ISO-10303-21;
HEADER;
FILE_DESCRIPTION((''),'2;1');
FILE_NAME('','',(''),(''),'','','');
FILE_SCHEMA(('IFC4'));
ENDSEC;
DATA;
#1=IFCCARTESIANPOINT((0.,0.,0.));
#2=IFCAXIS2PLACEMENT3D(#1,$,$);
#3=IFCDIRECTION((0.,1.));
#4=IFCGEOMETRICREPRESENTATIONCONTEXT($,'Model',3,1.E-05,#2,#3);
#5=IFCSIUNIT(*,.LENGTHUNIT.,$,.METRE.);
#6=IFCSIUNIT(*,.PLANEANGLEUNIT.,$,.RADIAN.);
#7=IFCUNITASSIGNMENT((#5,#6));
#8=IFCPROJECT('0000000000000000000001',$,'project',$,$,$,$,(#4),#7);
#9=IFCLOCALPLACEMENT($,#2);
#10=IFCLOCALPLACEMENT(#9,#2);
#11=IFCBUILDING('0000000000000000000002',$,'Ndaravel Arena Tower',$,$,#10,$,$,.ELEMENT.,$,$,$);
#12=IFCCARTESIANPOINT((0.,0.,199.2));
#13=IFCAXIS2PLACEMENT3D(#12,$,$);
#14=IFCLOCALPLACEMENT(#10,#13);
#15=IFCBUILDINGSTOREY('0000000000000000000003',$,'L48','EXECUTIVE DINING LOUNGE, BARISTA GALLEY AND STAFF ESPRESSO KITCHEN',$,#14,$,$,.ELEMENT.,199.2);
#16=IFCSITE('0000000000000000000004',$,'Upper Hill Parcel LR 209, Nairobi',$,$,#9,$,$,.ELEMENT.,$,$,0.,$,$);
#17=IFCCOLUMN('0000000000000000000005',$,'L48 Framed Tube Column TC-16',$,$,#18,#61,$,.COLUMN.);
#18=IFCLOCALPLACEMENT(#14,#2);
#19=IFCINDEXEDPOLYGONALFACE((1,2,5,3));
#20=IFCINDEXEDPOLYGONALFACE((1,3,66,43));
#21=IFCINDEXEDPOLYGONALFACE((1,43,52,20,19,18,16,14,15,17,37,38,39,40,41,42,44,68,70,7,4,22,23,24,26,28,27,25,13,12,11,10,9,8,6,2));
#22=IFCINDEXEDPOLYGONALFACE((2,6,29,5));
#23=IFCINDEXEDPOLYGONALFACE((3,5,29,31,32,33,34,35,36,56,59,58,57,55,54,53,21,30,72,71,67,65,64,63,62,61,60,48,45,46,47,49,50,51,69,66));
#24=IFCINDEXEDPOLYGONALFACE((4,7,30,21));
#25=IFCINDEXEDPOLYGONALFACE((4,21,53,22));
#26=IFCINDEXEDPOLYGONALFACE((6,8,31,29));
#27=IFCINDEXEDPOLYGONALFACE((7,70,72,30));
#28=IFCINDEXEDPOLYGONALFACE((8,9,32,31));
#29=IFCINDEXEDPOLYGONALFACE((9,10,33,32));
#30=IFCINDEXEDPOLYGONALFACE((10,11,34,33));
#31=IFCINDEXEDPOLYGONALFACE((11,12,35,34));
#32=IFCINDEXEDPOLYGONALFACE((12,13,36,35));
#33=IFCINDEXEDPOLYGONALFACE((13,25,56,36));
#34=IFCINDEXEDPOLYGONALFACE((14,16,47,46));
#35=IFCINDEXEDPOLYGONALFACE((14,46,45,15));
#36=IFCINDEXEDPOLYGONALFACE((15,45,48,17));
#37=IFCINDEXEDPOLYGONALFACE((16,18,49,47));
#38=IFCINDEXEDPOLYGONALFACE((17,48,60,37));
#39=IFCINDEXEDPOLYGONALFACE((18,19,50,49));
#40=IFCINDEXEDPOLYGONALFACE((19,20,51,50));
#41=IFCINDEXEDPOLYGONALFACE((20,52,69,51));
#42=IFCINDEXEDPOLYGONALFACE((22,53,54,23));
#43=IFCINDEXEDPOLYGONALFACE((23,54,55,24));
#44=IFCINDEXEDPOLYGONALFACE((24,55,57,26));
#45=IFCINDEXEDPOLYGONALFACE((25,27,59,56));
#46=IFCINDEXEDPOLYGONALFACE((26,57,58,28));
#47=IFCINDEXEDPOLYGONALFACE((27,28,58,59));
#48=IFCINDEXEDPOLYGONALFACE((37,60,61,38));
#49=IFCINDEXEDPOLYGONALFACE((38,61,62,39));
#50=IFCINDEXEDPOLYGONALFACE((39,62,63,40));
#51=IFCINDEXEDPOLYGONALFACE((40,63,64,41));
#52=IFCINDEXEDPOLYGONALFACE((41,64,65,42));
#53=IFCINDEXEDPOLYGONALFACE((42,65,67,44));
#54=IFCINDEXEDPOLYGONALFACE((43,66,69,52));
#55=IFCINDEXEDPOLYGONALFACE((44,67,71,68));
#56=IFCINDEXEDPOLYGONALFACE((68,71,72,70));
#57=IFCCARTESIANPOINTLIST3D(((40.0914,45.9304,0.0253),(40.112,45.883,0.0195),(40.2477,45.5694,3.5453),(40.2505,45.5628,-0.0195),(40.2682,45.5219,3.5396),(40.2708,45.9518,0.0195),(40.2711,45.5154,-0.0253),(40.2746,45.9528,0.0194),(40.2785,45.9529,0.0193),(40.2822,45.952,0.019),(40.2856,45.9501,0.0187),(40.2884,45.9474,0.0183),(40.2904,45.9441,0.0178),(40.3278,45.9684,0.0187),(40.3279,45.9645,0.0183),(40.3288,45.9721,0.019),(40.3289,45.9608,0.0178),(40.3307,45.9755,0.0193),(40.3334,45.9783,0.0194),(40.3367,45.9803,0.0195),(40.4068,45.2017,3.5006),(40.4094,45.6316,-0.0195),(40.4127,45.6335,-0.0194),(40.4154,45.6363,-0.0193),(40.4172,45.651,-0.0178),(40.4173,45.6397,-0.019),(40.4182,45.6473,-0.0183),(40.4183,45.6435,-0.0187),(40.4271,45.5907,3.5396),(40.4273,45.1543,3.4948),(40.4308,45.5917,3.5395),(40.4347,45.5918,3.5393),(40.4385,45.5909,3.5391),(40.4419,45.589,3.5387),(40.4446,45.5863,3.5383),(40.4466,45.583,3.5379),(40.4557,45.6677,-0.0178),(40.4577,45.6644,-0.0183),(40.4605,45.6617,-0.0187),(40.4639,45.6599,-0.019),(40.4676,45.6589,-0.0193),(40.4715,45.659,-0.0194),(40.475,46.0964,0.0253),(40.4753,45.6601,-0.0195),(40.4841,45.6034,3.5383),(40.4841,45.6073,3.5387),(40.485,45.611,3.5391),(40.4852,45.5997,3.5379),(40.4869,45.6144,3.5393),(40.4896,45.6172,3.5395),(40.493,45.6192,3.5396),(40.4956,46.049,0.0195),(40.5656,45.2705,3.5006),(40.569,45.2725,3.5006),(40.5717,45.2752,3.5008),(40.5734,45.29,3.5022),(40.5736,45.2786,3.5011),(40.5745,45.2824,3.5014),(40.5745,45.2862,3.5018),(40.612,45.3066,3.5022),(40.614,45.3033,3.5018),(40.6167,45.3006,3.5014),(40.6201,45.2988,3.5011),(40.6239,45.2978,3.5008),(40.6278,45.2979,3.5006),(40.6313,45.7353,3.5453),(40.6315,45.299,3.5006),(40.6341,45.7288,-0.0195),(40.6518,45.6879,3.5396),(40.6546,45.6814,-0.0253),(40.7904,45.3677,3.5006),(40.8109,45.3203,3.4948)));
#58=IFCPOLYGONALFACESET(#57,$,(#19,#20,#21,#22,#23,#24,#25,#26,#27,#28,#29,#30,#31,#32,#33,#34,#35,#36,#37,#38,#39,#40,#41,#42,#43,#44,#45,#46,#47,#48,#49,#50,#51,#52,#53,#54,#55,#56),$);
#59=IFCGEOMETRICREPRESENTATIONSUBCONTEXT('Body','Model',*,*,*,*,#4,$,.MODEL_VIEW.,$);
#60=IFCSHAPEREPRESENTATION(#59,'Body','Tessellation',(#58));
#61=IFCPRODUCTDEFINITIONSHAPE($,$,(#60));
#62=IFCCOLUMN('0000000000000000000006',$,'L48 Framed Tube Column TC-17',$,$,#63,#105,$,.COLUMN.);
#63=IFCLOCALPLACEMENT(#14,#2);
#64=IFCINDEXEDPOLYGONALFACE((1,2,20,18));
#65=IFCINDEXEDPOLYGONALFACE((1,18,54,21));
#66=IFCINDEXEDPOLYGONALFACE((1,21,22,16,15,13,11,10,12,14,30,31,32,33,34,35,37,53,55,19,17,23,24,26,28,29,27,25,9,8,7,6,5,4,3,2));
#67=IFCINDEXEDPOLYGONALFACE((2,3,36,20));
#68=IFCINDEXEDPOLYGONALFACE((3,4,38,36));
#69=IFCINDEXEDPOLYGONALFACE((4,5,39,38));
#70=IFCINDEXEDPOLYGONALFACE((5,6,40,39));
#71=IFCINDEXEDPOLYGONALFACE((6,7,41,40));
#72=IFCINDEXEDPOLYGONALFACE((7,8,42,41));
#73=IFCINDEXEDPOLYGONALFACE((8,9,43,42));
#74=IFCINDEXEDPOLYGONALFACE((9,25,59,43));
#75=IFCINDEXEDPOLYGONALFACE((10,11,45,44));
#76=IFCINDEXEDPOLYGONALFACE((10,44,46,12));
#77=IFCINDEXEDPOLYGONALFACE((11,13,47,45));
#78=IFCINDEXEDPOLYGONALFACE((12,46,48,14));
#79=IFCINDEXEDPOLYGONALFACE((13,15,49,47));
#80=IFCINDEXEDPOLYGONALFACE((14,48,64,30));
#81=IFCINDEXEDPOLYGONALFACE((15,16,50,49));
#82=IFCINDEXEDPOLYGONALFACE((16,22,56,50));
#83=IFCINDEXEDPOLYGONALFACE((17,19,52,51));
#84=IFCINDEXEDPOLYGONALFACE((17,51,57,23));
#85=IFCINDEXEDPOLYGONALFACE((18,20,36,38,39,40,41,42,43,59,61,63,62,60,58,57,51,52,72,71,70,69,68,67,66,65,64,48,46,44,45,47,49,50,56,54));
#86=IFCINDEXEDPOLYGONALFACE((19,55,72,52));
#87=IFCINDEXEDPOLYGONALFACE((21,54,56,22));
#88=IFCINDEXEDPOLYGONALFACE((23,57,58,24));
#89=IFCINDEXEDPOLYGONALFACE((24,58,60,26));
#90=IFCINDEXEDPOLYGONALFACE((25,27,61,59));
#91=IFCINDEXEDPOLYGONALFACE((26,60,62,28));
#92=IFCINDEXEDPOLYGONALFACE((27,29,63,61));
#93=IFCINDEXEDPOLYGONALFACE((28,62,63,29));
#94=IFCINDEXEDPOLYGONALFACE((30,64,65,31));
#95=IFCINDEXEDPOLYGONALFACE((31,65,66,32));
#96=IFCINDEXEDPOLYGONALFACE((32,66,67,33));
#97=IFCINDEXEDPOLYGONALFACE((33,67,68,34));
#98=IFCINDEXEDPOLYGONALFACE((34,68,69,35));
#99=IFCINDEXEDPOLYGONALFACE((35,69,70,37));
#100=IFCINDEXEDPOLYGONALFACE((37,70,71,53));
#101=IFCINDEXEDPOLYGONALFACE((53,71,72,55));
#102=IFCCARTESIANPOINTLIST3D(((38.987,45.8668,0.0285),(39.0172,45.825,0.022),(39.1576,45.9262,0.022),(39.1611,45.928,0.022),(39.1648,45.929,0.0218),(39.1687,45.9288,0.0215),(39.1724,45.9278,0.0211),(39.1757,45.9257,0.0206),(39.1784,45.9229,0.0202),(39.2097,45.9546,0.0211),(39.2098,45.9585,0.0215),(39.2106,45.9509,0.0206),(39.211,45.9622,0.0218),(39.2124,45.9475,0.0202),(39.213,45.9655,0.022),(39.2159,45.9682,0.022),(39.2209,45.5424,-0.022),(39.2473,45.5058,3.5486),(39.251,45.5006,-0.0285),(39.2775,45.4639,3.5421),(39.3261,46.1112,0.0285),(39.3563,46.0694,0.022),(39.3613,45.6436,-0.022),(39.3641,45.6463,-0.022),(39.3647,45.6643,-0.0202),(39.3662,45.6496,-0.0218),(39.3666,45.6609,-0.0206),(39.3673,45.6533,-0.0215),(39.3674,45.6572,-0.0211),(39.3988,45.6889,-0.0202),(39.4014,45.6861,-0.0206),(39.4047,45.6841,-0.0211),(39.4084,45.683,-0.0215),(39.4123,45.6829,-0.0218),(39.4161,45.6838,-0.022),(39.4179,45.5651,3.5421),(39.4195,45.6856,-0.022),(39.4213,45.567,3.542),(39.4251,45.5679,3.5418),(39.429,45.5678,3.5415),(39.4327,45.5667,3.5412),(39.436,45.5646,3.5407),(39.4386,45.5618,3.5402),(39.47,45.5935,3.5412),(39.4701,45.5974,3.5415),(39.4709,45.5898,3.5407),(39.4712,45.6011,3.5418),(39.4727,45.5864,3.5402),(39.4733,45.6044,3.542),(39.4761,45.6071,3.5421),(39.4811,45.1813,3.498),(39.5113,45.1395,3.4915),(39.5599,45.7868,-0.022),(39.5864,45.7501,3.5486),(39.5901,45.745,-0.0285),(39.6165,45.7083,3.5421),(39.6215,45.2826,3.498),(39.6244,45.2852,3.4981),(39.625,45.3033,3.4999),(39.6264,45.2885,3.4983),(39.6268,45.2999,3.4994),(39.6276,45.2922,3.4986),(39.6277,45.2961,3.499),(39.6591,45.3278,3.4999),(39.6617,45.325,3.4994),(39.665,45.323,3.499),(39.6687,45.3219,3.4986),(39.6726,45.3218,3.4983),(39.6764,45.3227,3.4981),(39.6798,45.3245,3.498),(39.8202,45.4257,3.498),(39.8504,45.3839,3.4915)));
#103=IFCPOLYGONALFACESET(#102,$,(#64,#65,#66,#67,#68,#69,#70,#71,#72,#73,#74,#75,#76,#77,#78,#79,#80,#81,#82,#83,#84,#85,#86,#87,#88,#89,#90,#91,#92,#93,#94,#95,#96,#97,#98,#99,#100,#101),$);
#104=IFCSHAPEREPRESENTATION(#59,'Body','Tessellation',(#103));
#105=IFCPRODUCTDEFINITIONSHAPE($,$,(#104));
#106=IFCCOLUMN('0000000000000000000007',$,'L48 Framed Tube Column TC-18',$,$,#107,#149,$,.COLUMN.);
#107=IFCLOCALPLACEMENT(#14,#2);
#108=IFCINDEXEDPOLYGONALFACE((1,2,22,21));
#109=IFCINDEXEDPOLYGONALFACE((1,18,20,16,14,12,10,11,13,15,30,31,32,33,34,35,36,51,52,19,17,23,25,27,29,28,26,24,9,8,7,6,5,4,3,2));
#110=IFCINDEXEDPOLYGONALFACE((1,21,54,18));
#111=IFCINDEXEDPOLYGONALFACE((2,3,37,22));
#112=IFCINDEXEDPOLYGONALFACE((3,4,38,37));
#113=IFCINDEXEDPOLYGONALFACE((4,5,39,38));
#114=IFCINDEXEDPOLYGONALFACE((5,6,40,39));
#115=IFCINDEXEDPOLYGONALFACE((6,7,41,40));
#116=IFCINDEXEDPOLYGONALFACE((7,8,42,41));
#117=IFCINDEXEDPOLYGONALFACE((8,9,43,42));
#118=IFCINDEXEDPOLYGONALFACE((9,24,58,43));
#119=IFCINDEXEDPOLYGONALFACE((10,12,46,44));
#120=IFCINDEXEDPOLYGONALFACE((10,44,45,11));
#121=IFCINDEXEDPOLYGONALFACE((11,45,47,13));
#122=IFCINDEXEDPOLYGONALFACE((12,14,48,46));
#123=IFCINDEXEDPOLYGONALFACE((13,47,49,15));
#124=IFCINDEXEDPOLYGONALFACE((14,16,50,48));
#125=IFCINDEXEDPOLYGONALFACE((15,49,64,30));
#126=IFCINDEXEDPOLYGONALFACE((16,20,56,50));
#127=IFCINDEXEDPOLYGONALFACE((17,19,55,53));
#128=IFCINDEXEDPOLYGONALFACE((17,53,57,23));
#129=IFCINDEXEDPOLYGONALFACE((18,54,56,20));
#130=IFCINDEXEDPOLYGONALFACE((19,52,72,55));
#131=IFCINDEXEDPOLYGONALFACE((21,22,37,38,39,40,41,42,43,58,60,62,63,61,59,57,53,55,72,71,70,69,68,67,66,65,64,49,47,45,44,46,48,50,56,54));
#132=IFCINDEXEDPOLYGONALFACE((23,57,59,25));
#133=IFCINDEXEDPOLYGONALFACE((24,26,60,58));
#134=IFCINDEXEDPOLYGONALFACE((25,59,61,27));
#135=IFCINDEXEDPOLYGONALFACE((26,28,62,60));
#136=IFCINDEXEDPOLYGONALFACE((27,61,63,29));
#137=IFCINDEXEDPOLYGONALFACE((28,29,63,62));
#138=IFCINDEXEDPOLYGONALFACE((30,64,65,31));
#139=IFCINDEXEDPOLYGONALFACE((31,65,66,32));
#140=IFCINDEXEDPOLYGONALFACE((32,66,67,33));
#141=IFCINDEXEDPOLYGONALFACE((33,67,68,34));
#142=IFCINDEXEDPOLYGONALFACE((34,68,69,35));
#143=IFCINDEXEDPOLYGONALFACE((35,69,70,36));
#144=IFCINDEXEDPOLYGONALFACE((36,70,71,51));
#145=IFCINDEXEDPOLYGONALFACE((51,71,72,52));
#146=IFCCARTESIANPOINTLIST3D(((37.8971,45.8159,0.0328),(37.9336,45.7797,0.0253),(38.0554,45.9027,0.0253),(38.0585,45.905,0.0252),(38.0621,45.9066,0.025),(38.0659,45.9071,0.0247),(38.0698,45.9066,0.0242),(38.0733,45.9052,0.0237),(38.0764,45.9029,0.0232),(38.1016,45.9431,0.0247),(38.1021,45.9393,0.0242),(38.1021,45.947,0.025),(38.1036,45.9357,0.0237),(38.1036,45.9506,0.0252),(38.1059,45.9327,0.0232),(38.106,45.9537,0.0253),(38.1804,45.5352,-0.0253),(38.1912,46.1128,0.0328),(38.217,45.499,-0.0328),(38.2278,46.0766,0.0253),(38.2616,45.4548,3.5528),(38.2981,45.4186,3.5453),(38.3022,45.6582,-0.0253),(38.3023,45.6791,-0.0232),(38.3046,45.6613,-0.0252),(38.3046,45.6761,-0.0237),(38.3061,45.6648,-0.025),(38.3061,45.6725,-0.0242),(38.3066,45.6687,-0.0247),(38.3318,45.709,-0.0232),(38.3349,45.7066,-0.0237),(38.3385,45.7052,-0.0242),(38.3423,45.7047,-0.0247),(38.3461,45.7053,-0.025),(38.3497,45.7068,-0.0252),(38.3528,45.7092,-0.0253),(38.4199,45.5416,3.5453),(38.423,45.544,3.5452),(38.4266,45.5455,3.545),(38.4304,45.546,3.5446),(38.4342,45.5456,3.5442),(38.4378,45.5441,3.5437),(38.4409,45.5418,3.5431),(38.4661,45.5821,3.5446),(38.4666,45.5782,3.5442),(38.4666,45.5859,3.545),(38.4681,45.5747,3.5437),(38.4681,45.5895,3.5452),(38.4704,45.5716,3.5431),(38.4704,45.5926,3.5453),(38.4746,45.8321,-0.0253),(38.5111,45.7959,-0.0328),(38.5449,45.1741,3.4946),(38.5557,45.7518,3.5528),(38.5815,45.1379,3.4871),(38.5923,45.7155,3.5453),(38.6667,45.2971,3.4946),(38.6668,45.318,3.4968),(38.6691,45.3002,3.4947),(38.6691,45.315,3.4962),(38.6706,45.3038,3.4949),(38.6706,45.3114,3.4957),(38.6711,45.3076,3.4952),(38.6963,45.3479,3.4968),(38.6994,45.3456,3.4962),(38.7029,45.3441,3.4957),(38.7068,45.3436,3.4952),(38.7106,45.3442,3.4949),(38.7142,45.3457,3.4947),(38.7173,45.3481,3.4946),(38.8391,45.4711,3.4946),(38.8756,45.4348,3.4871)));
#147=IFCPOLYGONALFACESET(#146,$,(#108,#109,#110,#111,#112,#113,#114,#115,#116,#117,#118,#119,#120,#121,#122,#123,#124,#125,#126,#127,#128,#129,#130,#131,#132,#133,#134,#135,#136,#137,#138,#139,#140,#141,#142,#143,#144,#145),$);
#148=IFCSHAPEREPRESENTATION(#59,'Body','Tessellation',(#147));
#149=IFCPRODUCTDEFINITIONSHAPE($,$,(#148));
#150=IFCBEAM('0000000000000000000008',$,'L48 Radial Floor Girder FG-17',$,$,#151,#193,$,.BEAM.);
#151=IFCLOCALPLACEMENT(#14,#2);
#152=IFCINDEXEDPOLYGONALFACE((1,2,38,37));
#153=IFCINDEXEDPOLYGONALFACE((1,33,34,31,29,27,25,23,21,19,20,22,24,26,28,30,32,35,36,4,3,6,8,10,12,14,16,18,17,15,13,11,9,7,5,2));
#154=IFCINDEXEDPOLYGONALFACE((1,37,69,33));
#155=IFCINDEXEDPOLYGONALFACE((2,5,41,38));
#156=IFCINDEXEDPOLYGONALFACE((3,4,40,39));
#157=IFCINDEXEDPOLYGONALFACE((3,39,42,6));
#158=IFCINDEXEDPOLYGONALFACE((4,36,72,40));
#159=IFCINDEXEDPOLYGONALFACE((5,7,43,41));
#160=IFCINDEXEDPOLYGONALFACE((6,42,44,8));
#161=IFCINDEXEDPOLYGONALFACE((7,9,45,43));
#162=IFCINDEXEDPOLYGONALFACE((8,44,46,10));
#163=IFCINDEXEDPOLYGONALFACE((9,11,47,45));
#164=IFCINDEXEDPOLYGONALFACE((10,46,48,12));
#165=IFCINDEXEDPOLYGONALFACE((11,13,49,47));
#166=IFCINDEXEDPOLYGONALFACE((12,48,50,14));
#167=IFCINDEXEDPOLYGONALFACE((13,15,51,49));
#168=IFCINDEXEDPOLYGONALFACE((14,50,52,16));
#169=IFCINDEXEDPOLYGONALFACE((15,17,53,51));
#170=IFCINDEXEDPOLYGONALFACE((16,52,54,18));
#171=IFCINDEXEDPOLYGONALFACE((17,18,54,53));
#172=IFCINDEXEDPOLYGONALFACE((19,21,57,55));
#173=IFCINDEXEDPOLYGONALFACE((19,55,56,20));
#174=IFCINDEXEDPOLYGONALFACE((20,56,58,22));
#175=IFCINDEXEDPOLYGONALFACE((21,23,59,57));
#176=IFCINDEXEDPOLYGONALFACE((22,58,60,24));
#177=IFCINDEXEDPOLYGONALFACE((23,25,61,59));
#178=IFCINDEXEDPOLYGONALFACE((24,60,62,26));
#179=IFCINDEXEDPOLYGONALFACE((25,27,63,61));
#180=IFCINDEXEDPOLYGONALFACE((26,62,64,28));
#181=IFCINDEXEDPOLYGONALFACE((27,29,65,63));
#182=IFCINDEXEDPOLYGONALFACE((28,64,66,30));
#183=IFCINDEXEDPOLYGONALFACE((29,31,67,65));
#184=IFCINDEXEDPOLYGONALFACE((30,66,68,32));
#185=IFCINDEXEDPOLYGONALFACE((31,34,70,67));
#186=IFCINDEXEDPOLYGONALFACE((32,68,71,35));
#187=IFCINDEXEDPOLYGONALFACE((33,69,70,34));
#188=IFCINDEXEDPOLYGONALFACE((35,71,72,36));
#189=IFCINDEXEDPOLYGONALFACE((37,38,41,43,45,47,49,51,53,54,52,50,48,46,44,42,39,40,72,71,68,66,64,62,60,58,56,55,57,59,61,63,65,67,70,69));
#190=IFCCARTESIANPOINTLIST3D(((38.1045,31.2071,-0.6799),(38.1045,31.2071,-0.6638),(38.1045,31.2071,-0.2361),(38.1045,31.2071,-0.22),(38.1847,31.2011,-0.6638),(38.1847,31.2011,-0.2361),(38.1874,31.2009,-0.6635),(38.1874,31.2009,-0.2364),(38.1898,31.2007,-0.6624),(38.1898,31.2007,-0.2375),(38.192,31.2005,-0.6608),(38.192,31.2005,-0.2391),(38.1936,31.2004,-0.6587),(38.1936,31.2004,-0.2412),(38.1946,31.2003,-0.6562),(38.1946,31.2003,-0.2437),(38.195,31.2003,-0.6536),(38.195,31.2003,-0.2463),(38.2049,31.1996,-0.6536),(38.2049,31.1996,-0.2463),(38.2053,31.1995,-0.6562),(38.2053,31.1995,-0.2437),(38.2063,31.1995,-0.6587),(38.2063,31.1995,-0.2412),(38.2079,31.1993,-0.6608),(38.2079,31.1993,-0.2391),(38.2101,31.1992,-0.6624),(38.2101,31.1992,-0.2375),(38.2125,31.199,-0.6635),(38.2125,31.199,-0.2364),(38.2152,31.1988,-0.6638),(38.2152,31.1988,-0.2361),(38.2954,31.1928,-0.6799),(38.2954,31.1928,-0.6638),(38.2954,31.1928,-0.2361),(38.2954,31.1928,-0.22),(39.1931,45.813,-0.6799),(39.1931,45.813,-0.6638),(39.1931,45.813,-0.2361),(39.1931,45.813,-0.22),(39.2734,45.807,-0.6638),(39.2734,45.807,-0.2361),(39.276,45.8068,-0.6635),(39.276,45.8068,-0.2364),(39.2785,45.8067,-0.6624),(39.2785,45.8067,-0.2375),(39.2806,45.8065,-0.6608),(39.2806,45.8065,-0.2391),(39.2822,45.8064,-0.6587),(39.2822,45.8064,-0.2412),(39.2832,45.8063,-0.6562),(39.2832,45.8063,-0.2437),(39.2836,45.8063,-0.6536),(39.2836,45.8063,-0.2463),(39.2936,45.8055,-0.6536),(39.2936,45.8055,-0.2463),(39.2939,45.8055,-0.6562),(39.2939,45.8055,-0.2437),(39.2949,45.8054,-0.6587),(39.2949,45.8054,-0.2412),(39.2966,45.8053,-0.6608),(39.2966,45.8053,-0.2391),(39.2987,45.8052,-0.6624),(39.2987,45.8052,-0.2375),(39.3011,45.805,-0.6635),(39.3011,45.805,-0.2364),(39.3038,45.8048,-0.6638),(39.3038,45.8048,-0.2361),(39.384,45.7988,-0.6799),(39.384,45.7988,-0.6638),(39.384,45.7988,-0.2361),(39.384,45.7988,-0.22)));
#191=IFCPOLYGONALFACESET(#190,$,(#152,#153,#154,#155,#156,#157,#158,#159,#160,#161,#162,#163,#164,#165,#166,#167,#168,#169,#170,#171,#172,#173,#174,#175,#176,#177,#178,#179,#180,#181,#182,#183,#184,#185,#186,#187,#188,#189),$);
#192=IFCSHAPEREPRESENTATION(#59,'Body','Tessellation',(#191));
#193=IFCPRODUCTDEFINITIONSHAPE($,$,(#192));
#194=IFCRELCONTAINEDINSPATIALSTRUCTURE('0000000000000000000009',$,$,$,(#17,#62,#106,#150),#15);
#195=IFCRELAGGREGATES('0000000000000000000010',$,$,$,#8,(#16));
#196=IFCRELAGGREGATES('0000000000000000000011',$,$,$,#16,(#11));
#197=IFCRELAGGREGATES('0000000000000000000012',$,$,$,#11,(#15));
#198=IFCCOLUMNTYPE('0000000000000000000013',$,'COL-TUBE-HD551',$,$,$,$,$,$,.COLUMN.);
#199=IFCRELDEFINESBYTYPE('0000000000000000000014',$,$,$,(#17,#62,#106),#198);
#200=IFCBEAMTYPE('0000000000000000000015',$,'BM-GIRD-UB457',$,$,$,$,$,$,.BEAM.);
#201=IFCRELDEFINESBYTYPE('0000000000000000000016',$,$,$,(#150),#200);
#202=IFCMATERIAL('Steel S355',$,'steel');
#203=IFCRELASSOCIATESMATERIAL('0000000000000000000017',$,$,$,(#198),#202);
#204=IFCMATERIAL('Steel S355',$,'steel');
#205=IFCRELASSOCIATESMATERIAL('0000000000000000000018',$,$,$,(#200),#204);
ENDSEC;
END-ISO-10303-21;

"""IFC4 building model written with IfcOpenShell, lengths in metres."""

from ifc_helpers import new_model, si_unit, direction, frame, origin, origin_2d, place, context, subcontext, project, spatial, i_section, extrude, material, material_profile, profile_set, type_object, element, save


model = new_model("IFC4")

# Units and contexts
model_context = context("Model", 3, precision=1e-05, world=origin(), true_north=direction((0.0, 1.0)))
body_context = subcontext(model_context, "Body", "Model", "MODEL_VIEW")
ifc_project = project(units=[si_unit("LENGTHUNIT", "METRE"), si_unit("PLANEANGLEUNIT", "RADIAN")], contexts=[model_context])

# Site, building, storey
site_placement = place(None, origin())
site = spatial("IfcSite", under=ifc_project, at=site_placement, Name="Upper Hill Parcel LR 209, Nairobi", CompositionType="ELEMENT", RefElevation=0.0)
building_placement = place(site_placement, origin())
building = spatial("IfcBuilding", under=site, at=building_placement, Name="Ndaravel Arena Tower", CompositionType="ELEMENT")
storey_placement = place(building_placement, frame((0.0, 0.0, 199.2)))
storey = spatial("IfcBuildingStorey", under=building, at=storey_placement, Name="L48", Description="EXECUTIVE DINING LOUNGE, BARISTA GALLEY AND STAFF ESPRESSO KITCHEN", CompositionType="ELEMENT", Elevation=199.2)

# Columns
ifc_material_1 = material(Name="Steel S355", Category="steel")
ifc_material_profile_1 = material_profile(ifc_material_1, i_section(OverallWidth=0.418, OverallDepth=0.4551, WebThickness=0.042, FlangeThickness=0.052, FilletRadius=0.0149, at=origin_2d()), Name="HD 400x551")
ifc_profile_set_1 = profile_set([ifc_material_profile_1], Name="Steel S355")
column_type = type_object("IfcColumnType", Name="COL-TUBE-HD551", PredefinedType="COLUMN", material=ifc_profile_set_1)
column_1_placement = place(storey_placement, frame((40.373, 45.8059, 0.0), z_axis=(0.044114, -0.101945, 0.993811), x_axis=(0.917759, 0.397137, 0.0)))
element("IfcColumn", 1, at=column_1_placement, inside=storey, type_object=column_type, Name="L48 Framed Tube Column TC-16", PredefinedType="COLUMN", context=body_context, shape_type="SweptSolid", body=[
    extrude(i_section(OverallWidth=0.418, OverallDepth=0.4551, WebThickness=0.042, FlangeThickness=0.052, FilletRadius=0.0149, at=origin_2d()), origin(), (0.0, 0.0, 1.0), 3.542),
])
column_2_placement = place(storey_placement, frame((39.2886, 45.8059, 0.0), z_axis=(0.073351, -0.10177, 0.9921), x_axis=(0.811243, 0.584709, 0.0)))
element("IfcColumn", 2, at=column_2_placement, inside=storey, type_object=column_type, Name="L48 Framed Tube Column TC-17", PredefinedType="COLUMN", context=body_context, shape_type="SweptSolid", body=[
    extrude(i_section(OverallWidth=0.418, OverallDepth=0.4551, WebThickness=0.042, FlangeThickness=0.052, FilletRadius=0.0149, at=origin_2d()), origin(), (0.0, 0.0, 1.0), 3.5481),
])
column_3_placement = place(storey_placement, frame((38.2041, 45.8059, 0.0), z_axis=(0.102468, -0.101507, 0.989544), x_axis=(0.703768, 0.71043, 0.0)))
element("IfcColumn", 3, at=column_3_placement, inside=storey, type_object=column_type, Name="L48 Framed Tube Column TC-18", PredefinedType="COLUMN", context=body_context, shape_type="SweptSolid", body=[
    extrude(i_section(OverallWidth=0.418, OverallDepth=0.4551, WebThickness=0.042, FlangeThickness=0.052, FilletRadius=0.0149, at=origin_2d()), origin(), (0.0, 0.0, 1.0), 3.5571),
])

# Beam
ifc_material_2 = material(Name="Steel S355", Category="steel")
ifc_material_profile_2 = material_profile(ifc_material_2, i_section(OverallWidth=0.1914, OverallDepth=0.46, WebThickness=0.01, FlangeThickness=0.0161, FilletRadius=0.0103, at=origin_2d()), Name="UB 457x191x82")
ifc_profile_set_2 = profile_set([ifc_material_profile_2], Name="Steel S355")
beam_type_1 = type_object("IfcBeamType", Name="BM-GIRD-UB457", PredefinedType="BEAM", material=ifc_profile_set_2)
beam_1_placement = place(storey_placement, frame((39.2886, 45.8059, -0.45), z_axis=(-0.074327, -0.997234, 0.0), x_axis=(0.997234, -0.074327, 0.0)))
element("IfcBeam", 4, at=beam_1_placement, inside=storey, type_object=beam_type_1, Name="L48 Radial Floor Girder FG-17", PredefinedType="BEAM", context=body_context, shape_type="SweptSolid", body=[
    extrude(i_section(OverallWidth=0.1914, OverallDepth=0.46, WebThickness=0.01, FlangeThickness=0.0161, FilletRadius=0.0103, at=origin_2d()), origin(), (0.0, 0.0, 1.0), 14.6465),
])

save(model, "model.ifc")
